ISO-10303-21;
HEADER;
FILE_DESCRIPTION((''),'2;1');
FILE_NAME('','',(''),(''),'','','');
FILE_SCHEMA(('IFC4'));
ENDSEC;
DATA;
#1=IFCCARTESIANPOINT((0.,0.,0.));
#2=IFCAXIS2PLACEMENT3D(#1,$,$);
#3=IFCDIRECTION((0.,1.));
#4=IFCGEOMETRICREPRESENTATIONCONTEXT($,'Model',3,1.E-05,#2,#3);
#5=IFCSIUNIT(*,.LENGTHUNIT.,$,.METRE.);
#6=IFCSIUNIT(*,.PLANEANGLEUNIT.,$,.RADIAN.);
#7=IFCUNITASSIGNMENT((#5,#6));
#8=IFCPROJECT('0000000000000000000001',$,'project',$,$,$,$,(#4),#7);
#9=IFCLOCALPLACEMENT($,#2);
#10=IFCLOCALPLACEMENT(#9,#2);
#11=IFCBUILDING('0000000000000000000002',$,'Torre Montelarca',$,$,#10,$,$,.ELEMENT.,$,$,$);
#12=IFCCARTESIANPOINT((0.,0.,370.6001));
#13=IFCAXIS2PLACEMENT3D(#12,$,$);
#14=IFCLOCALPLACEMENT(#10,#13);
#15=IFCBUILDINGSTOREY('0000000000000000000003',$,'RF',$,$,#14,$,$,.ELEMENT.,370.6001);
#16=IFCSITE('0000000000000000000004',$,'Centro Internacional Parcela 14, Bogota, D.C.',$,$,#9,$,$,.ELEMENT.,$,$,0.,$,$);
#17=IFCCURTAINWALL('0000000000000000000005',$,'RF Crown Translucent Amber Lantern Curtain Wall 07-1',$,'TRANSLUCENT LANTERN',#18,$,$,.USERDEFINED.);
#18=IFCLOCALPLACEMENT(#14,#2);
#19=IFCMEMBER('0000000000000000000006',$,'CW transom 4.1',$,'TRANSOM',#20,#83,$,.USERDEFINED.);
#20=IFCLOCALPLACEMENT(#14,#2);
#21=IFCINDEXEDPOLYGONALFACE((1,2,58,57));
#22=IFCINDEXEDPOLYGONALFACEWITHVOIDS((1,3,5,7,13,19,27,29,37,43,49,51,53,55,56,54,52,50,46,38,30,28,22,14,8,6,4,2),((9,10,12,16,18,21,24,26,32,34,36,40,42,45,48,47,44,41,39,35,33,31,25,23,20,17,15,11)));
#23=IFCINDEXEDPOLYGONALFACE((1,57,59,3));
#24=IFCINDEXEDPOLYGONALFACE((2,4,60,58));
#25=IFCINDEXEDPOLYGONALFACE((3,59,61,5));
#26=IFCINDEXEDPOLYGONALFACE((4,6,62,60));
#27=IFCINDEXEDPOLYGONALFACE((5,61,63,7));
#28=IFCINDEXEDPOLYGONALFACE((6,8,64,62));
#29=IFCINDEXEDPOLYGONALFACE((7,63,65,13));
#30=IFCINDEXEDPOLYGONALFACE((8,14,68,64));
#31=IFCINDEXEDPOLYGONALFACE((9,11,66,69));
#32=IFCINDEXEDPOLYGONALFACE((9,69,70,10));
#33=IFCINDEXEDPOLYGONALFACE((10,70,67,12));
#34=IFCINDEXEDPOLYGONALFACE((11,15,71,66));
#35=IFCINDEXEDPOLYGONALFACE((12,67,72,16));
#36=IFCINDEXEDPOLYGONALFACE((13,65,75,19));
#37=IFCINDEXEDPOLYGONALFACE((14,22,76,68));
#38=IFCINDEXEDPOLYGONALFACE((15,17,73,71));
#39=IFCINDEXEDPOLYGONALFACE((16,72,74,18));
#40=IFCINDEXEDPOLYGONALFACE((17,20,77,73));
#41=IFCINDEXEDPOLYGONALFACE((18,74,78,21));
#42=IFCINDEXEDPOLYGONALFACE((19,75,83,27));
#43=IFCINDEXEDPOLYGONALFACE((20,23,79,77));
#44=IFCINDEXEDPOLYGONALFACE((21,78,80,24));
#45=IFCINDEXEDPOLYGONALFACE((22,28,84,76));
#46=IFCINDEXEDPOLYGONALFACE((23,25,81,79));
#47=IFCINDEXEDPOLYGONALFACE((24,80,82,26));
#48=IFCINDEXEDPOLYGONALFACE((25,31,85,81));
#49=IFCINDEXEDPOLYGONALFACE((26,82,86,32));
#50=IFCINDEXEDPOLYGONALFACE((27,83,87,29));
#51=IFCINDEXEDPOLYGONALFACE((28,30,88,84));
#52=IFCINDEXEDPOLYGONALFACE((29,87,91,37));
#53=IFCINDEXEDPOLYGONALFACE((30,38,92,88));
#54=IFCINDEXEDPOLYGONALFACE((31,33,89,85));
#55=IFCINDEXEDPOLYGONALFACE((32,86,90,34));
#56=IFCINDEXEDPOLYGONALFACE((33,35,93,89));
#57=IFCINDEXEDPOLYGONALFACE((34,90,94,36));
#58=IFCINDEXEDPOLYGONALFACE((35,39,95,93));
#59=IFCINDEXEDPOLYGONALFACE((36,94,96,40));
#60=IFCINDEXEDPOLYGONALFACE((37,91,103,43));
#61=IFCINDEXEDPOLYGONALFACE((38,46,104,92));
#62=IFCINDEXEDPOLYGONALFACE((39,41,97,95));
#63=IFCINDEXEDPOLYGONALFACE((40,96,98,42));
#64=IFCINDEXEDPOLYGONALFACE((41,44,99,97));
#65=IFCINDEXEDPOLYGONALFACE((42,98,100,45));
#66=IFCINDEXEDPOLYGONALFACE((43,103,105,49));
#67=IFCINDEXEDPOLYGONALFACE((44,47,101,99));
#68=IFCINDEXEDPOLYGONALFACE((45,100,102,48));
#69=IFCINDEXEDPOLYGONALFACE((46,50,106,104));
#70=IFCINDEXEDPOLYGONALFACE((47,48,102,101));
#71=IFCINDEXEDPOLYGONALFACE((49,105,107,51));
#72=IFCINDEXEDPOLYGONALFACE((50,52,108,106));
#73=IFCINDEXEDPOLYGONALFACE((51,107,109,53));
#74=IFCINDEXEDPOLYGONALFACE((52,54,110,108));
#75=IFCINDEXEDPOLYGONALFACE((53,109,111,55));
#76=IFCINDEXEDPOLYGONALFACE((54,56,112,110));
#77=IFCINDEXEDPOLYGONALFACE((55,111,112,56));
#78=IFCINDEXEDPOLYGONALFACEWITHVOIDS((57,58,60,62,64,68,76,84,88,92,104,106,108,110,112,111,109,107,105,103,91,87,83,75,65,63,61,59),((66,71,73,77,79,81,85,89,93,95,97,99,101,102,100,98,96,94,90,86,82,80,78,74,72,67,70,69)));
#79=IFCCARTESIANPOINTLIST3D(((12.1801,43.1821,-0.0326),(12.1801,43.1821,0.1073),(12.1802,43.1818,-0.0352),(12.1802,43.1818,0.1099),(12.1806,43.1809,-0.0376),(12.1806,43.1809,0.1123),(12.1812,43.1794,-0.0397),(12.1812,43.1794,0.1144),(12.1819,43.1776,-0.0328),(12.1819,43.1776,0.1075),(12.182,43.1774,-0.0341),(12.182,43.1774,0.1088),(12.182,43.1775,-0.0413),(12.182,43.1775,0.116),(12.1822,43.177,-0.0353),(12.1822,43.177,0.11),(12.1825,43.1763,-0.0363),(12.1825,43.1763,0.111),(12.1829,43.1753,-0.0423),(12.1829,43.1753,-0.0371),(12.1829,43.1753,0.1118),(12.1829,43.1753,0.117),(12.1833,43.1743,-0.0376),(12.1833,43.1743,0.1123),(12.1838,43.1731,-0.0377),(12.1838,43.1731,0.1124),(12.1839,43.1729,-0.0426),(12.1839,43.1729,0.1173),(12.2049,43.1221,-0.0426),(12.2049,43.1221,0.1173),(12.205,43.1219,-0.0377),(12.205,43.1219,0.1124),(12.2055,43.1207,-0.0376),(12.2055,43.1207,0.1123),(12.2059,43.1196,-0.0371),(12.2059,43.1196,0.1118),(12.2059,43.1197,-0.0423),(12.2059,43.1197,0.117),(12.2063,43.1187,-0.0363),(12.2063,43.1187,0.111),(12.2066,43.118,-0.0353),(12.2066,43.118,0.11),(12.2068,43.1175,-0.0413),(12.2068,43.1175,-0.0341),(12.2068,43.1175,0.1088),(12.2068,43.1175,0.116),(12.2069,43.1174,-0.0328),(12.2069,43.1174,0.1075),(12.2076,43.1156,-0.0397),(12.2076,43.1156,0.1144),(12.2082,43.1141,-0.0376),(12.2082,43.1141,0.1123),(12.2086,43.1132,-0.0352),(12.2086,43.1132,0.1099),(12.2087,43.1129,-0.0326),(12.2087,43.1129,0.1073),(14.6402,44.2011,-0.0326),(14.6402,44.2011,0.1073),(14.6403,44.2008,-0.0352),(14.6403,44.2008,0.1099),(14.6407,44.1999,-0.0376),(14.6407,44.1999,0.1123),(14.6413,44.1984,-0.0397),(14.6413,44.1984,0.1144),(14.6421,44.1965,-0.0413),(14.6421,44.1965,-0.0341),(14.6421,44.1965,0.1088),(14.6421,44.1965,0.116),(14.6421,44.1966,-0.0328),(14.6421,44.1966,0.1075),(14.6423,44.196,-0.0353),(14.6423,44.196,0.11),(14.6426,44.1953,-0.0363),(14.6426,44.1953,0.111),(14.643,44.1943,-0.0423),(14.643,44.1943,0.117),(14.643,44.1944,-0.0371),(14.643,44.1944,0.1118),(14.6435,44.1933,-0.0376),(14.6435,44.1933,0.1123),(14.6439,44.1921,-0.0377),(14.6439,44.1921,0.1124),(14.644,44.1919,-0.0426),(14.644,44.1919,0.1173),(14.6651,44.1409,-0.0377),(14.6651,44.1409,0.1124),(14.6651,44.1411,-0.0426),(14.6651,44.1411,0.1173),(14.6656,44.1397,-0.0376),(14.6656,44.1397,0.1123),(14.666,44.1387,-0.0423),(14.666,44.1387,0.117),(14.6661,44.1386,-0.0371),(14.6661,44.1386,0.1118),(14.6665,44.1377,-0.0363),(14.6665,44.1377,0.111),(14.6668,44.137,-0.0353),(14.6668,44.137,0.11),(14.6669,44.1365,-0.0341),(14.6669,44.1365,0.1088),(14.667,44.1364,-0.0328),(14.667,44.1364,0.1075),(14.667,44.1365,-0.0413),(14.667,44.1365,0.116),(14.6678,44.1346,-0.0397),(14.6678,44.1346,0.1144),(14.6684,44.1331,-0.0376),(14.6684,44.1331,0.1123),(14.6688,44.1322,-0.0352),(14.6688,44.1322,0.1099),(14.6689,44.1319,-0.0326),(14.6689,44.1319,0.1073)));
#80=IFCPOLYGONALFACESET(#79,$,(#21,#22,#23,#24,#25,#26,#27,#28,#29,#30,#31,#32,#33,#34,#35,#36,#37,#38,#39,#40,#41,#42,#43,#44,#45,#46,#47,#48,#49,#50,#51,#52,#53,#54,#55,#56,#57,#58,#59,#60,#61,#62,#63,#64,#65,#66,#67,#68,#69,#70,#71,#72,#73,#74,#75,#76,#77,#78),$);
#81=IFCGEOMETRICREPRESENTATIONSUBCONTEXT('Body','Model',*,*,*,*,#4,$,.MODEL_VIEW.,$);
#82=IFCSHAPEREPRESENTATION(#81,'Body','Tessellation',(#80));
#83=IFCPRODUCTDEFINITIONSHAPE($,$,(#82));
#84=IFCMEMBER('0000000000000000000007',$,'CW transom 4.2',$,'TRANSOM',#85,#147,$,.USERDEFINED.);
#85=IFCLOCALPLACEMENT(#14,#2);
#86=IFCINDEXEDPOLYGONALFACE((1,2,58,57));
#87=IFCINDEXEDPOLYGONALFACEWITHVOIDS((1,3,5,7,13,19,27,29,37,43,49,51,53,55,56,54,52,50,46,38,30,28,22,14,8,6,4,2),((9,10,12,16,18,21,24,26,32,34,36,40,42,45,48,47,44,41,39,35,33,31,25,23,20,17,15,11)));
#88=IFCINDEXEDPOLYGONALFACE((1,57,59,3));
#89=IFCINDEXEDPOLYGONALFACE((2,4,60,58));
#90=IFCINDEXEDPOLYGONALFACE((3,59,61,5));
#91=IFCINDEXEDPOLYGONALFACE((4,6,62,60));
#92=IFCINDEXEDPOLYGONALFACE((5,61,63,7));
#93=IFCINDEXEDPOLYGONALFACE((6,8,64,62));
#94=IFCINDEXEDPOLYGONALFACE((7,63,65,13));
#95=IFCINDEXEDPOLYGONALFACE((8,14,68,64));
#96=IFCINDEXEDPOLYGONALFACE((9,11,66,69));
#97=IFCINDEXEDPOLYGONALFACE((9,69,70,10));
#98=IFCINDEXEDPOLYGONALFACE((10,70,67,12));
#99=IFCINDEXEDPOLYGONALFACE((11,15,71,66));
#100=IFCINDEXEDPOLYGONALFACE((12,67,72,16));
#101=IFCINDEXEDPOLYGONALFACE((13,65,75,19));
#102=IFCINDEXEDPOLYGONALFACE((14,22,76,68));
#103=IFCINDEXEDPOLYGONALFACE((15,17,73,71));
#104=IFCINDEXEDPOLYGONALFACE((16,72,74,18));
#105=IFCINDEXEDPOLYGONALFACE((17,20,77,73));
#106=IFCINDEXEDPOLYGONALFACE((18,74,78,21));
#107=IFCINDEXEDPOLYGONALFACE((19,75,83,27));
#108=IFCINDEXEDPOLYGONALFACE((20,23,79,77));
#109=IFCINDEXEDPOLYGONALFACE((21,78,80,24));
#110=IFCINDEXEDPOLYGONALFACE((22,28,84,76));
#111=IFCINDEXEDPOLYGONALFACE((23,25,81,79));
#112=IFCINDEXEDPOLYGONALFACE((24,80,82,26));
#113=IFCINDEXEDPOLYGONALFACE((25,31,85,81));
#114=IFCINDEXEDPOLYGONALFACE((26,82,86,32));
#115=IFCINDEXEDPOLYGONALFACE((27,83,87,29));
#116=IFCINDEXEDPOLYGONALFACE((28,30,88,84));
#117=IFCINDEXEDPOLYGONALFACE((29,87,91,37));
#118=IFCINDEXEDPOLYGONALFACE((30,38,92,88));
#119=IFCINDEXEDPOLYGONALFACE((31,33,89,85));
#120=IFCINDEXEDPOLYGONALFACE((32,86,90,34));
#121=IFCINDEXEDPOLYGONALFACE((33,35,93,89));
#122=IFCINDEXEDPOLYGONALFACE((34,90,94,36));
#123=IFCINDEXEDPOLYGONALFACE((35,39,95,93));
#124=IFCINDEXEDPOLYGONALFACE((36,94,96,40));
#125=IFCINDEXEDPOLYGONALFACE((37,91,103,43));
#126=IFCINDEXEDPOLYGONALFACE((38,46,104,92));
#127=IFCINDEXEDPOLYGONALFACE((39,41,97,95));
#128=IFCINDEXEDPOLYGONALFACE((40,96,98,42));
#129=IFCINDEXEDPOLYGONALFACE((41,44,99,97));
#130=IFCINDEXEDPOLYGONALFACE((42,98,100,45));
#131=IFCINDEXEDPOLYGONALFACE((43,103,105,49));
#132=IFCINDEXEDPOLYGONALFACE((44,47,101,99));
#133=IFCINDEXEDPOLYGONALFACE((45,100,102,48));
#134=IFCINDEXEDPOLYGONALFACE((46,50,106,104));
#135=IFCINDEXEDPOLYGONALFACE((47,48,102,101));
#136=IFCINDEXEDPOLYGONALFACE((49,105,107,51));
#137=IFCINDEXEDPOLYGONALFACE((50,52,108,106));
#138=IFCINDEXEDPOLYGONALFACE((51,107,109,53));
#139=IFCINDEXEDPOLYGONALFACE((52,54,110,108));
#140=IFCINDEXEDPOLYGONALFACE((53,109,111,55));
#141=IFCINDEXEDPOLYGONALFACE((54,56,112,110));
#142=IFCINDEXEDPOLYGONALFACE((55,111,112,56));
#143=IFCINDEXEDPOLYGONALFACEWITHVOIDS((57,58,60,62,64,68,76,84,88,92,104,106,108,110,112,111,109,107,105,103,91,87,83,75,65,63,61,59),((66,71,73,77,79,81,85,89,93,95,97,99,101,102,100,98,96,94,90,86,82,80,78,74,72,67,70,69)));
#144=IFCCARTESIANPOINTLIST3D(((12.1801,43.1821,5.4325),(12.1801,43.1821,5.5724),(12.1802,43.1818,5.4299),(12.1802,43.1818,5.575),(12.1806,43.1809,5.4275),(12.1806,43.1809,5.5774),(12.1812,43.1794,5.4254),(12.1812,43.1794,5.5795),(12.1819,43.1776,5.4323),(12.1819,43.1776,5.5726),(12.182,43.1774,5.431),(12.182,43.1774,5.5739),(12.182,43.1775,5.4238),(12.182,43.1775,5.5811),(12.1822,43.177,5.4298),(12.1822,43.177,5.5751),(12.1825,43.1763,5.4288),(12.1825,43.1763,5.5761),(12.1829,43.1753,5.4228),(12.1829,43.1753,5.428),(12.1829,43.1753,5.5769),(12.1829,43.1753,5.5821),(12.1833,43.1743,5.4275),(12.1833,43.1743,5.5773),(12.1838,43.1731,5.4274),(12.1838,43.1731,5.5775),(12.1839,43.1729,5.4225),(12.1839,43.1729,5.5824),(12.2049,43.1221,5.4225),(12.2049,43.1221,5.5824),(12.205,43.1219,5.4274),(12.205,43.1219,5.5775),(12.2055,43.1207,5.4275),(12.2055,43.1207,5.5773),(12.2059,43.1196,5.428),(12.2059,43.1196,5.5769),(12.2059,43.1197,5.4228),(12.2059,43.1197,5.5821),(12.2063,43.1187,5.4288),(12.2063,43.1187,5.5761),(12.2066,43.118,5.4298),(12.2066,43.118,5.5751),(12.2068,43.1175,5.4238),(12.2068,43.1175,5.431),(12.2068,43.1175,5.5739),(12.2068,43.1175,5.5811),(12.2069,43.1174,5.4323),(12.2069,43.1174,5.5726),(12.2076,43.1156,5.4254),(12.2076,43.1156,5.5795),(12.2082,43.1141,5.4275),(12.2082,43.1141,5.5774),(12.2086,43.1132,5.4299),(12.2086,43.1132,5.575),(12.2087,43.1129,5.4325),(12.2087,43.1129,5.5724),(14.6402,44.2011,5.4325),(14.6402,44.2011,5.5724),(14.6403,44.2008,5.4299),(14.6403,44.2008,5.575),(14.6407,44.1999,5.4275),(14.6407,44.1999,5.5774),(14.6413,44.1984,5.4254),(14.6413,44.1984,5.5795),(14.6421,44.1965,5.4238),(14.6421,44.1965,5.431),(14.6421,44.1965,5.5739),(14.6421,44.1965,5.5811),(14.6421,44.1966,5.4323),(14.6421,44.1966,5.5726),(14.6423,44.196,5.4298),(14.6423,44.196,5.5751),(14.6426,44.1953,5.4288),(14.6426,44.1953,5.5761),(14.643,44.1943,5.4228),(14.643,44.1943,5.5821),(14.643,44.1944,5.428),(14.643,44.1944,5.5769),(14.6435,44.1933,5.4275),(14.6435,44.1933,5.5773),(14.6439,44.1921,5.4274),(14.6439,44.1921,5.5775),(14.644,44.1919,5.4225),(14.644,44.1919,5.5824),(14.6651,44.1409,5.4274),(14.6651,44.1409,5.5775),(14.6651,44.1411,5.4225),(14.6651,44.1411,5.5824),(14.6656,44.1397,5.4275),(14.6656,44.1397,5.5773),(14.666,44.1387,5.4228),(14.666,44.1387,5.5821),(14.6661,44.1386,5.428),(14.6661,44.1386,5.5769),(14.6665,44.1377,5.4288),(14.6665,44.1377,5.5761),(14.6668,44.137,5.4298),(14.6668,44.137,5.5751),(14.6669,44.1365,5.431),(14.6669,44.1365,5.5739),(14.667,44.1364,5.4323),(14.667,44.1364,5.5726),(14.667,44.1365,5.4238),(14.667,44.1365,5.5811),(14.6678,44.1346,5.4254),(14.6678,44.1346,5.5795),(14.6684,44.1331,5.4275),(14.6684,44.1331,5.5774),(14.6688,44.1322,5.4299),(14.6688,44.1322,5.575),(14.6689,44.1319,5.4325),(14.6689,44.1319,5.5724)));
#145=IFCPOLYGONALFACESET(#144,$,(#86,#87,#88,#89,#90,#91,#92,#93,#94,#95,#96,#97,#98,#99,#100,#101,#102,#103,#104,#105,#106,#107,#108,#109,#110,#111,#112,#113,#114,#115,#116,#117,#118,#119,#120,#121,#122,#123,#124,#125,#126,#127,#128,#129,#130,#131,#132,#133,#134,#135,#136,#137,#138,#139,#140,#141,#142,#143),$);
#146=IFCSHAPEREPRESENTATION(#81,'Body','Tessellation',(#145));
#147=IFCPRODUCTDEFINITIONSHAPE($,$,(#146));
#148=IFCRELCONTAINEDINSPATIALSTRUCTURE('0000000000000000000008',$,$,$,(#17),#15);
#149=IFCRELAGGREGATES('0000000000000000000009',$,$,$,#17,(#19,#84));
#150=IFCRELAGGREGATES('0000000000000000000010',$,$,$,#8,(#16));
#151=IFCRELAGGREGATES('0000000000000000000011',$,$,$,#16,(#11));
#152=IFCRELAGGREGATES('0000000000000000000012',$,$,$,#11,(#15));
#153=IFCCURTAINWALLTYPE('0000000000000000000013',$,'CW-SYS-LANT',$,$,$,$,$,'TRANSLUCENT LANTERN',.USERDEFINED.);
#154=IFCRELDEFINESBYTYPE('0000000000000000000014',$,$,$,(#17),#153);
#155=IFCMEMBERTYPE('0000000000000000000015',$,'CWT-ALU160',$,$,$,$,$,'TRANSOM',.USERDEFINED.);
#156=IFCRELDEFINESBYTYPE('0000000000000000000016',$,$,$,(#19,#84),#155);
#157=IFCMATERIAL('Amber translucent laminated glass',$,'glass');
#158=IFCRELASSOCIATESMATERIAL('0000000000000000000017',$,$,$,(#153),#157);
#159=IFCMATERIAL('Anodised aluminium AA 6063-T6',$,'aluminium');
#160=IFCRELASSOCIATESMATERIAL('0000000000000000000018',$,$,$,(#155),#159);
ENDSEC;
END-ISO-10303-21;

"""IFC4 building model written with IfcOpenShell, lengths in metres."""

from ifc_helpers import new_model, si_unit, direction, frame, origin, origin_2d, place, context, subcontext, project, spatial, hollow_rectangle, extrude, source, transform, mapped, material, material_profile, profile_set, type_object, element, aggregate, save


model = new_model("IFC4")

# Units and contexts
model_context = context("Model", 3, precision=1e-05, world=origin(), true_north=direction((0.0, 1.0)))
body_context = subcontext(model_context, "Body", "Model", "MODEL_VIEW")
ifc_project = project(units=[si_unit("LENGTHUNIT", "METRE"), si_unit("PLANEANGLEUNIT", "RADIAN")], contexts=[model_context])

# Site, building, storey
site_placement = place(None, origin())
site = spatial("IfcSite", under=ifc_project, at=site_placement, Name="Centro Internacional Parcela 14, Bogota, D.C.", CompositionType="ELEMENT", RefElevation=0.0)
building_placement = place(site_placement, origin())
building = spatial("IfcBuilding", under=site, at=building_placement, Name="Torre Montelarca", CompositionType="ELEMENT")
storey_placement = place(building_placement, frame((0.0, 0.0, 370.6001)))
storey = spatial("IfcBuildingStorey", under=building, at=storey_placement, Name="RF", CompositionType="ELEMENT", Elevation=370.6001)

# Curtain wall
ifc_material_1 = material(Name="Amber translucent laminated glass", Category="glass")
curtain_wall_type = type_object("IfcCurtainWallType", Name="CW-SYS-LANT", ElementType="TRANSLUCENT LANTERN", PredefinedType="USERDEFINED", material=ifc_material_1)
curtain_wall_1_placement = place(storey_placement, origin())
curtain_wall_1 = element("IfcCurtainWall", 1, at=curtain_wall_1_placement, inside=storey, type_object=curtain_wall_type, Name="RF Crown Translucent Amber Lantern Curtain Wall 07-1", ObjectType="TRANSLUCENT LANTERN", PredefinedType="USERDEFINED")
ifc_material_2 = material(Name="Anodised aluminium AA 6063-T6", Category="aluminium")

# Members
ifc_material_profile_1 = material_profile(ifc_material_2, hollow_rectangle(XDim=0.075, YDim=0.1599, WallThickness=0.0049, InnerFilletRadius=0.0049, OuterFilletRadius=0.01, at=origin_2d()), Name="ALU75X160X5", Category="aluminium")
ifc_profile_set_1 = profile_set([ifc_material_profile_1], Name="Anodised aluminium AA 6063-T6")
member_type_1 = type_object("IfcMemberType", Name="CWT-ALU160", ElementType="TRANSOM", PredefinedType="USERDEFINED", material=ifc_profile_set_1)
shared_shape_1 = source(origin(), body_context, "Body", "SweptSolid", [
    extrude(hollow_rectangle(XDim=0.075, YDim=0.1599, WallThickness=0.0049, InnerFilletRadius=0.0049, OuterFilletRadius=0.01, at=origin_2d()), origin(), (0.0, 0.0, 1.0), 2.6628),
])
member_1_placement = place(storey_placement, frame((14.6545, 44.1665, 0.0374), z_axis=(-0.923881, -0.382681, 0.0), x_axis=(0.382681, -0.923881, 0.0)))
member_1 = element("IfcMember", 2, at=member_1_placement, type_object=member_type_1, Name="CW transom 4.1", ObjectType="TRANSOM", PredefinedType="USERDEFINED", context=body_context, shape_type="MappedRepresentation", body=[
    mapped(shared_shape_1, transform((0.0, 0.0, 0.0), scale=1.0)),
])
member_2_placement = place(storey_placement, frame((14.6545, 44.1665, 5.5024), z_axis=(-0.923881, -0.382681, 0.0), x_axis=(0.382681, -0.923881, 0.0)))
member_2 = element("IfcMember", 3, at=member_2_placement, type_object=member_type_1, Name="CW transom 4.2", ObjectType="TRANSOM", PredefinedType="USERDEFINED", context=body_context, shape_type="MappedRepresentation", body=[
    mapped(shared_shape_1, transform((0.0, 0.0, 0.0), scale=1.0)),
])

aggregate(curtain_wall_1, [member_1, member_2])

save(model, "model.ifc")
